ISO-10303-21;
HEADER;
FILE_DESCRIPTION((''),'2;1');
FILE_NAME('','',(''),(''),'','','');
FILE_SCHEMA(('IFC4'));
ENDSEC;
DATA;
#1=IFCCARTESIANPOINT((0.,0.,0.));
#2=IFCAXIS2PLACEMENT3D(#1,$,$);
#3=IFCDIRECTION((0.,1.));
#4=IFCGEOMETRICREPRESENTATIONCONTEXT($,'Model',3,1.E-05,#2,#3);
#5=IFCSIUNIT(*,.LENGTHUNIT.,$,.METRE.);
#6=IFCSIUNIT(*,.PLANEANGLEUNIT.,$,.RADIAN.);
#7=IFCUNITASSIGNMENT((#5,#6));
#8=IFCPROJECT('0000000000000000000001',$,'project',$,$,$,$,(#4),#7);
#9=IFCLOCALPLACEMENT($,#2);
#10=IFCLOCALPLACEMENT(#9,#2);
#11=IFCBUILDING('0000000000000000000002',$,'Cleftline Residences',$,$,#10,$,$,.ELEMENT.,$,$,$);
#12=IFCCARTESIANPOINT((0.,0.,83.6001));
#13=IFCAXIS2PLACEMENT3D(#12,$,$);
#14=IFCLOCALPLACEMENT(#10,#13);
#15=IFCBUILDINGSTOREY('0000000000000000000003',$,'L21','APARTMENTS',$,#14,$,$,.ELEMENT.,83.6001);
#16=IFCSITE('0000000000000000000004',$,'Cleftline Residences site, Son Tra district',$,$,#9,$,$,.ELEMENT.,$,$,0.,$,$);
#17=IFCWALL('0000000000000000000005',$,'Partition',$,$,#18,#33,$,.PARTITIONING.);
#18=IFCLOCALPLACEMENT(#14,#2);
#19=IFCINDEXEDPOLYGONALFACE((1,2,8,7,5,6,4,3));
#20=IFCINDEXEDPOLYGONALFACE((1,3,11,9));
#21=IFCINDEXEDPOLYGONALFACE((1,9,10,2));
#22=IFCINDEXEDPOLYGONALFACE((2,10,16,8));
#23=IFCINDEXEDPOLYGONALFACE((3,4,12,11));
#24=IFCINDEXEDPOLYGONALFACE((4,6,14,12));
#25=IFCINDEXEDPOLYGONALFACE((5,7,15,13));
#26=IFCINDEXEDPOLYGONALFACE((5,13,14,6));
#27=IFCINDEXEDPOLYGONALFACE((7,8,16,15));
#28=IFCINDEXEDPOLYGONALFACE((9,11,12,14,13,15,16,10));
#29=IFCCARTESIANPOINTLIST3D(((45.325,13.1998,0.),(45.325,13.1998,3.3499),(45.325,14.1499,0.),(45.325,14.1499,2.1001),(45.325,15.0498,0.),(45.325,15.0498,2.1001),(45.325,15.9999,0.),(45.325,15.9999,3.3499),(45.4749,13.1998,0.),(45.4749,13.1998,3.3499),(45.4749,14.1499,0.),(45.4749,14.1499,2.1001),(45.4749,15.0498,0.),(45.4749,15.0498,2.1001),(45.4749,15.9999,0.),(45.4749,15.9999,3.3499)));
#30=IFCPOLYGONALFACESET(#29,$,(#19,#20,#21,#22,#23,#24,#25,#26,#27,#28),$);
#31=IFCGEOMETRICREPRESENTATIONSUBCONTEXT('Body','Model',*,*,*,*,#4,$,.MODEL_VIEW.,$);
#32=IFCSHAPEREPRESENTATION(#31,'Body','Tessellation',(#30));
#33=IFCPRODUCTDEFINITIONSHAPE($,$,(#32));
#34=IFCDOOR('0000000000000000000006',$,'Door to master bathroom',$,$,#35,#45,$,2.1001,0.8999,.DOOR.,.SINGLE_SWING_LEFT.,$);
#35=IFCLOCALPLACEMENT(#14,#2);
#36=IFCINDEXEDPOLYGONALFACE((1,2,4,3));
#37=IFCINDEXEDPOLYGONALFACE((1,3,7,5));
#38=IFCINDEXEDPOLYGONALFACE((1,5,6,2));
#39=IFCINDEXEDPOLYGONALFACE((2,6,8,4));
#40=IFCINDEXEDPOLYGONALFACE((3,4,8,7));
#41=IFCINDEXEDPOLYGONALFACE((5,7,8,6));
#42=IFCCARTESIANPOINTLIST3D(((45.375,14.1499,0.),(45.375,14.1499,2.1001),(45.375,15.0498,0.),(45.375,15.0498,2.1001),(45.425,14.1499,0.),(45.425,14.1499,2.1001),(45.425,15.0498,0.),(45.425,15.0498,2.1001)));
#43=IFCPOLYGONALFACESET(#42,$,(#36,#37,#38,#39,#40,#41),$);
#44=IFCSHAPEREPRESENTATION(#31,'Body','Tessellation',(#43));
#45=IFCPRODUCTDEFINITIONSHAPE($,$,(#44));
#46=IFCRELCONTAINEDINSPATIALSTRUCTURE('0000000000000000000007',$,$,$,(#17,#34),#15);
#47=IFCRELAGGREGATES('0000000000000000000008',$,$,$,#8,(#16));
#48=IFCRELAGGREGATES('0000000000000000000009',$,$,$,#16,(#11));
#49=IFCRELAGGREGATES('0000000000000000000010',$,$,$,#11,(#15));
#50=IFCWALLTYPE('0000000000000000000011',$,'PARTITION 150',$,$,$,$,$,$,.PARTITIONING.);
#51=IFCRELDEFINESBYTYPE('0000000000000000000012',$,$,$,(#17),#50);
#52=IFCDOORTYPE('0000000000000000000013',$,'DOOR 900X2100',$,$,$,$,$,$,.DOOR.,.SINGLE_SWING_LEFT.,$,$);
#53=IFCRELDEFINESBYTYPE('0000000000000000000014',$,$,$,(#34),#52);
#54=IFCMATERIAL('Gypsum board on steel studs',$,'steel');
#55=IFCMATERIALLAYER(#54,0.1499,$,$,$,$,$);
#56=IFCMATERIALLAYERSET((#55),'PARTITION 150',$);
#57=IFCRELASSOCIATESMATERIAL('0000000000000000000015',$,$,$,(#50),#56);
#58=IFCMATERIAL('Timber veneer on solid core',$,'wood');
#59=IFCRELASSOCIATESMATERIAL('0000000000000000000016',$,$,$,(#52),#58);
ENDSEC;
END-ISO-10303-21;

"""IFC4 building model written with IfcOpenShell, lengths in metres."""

from ifc_helpers import new_model, si_unit, direction, frame, frame_2d, origin, place, context, subcontext, project, spatial, rectangle, extrude, material, layer, layer_set, type_object, element, fill, save


model = new_model("IFC4")

# Units and contexts
model_context = context("Model", 3, precision=1e-05, world=origin(), true_north=direction((0.0, 1.0)))
body_context = subcontext(model_context, "Body", "Model", "MODEL_VIEW")
ifc_project = project(units=[si_unit("LENGTHUNIT", "METRE"), si_unit("PLANEANGLEUNIT", "RADIAN")], contexts=[model_context])

# Site, building, storey
site_placement = place(None, origin())
site = spatial("IfcSite", under=ifc_project, at=site_placement, Name="Cleftline Residences site, Son Tra district", CompositionType="ELEMENT", RefElevation=0.0)
building_placement = place(site_placement, origin())
building = spatial("IfcBuilding", under=site, at=building_placement, Name="Cleftline Residences", CompositionType="ELEMENT")
storey_placement = place(building_placement, frame((0.0, 0.0, 83.6001)))
storey = spatial("IfcBuildingStorey", under=building, at=storey_placement, Name="L21", Description="APARTMENTS", CompositionType="ELEMENT", Elevation=83.6001)

# Shared definitions
ifc_material_1 = material(Name="Gypsum board on steel studs", Category="steel")
ifc_layer_1 = layer(ifc_material_1, 0.1499)
ifc_layer_set_1 = layer_set([ifc_layer_1], Name="PARTITION 150")
wall_type_1 = type_object("IfcWallType", Name="PARTITION 150", PredefinedType="PARTITIONING", material=ifc_layer_set_1)

# Wall, opening, door
wall_1_placement = place(storey_placement, frame((45.3999, 13.2, 0.0), z_axis=(0.0, 0.0, 1.0), x_axis=(0.0, 1.0, 0.0)))
wall_1 = element("IfcWall", 1, at=wall_1_placement, inside=storey, type_object=wall_type_1, Name="Partition", PredefinedType="PARTITIONING", context=body_context, shape_type="SweptSolid", body=[
    extrude(rectangle(XDim=2.8, YDim=0.1499, at=frame_2d((1.3999, 0.0))), origin(), (0.0, 0.0, 1.0), 3.3499),
])
opening_1_placement = place(wall_1_placement, frame((0.95, 0.0, 0.0)))
opening_1 = element("IfcOpeningElement", 2, at=opening_1_placement, cuts=wall_1, PredefinedType="OPENING", context=body_context, shape_type="SweptSolid", body=[
    extrude(rectangle(XDim=0.8999, YDim=2.1001, at=frame_2d((0.45, 1.05))), frame((0.0, 0.085, 0.0), z_axis=(0.0, -1.0, 0.0), x_axis=(1.0, 0.0, 0.0)), (0.0, 0.0, 1.0), 0.1699),
])
ifc_material_2 = material(Name="Timber veneer on solid core", Category="wood")
door_type_1 = type_object("IfcDoorType", Name="DOOR 900X2100", OperationType="SINGLE_SWING_LEFT", PredefinedType="DOOR", material=ifc_material_2)
door_1_placement = place(opening_1_placement, origin())
door_1 = element("IfcDoor", 3, at=door_1_placement, inside=storey, type_object=door_type_1, Name="Door to master bathroom", OperationType="SINGLE_SWING_LEFT", OverallHeight=2.1001, OverallWidth=0.8999, PredefinedType="DOOR", context=body_context, shape_type="SweptSolid", body=[
    extrude(rectangle(XDim=0.8999, YDim=2.1001, at=frame_2d((0.45, 1.05))), frame((0.0, 0.0249, 0.0), z_axis=(0.0, -1.0, 0.0), x_axis=(1.0, 0.0, 0.0)), (0.0, 0.0, 1.0), 0.05),
])
fill(opening_1, door_1)

save(model, "model.ifc")
